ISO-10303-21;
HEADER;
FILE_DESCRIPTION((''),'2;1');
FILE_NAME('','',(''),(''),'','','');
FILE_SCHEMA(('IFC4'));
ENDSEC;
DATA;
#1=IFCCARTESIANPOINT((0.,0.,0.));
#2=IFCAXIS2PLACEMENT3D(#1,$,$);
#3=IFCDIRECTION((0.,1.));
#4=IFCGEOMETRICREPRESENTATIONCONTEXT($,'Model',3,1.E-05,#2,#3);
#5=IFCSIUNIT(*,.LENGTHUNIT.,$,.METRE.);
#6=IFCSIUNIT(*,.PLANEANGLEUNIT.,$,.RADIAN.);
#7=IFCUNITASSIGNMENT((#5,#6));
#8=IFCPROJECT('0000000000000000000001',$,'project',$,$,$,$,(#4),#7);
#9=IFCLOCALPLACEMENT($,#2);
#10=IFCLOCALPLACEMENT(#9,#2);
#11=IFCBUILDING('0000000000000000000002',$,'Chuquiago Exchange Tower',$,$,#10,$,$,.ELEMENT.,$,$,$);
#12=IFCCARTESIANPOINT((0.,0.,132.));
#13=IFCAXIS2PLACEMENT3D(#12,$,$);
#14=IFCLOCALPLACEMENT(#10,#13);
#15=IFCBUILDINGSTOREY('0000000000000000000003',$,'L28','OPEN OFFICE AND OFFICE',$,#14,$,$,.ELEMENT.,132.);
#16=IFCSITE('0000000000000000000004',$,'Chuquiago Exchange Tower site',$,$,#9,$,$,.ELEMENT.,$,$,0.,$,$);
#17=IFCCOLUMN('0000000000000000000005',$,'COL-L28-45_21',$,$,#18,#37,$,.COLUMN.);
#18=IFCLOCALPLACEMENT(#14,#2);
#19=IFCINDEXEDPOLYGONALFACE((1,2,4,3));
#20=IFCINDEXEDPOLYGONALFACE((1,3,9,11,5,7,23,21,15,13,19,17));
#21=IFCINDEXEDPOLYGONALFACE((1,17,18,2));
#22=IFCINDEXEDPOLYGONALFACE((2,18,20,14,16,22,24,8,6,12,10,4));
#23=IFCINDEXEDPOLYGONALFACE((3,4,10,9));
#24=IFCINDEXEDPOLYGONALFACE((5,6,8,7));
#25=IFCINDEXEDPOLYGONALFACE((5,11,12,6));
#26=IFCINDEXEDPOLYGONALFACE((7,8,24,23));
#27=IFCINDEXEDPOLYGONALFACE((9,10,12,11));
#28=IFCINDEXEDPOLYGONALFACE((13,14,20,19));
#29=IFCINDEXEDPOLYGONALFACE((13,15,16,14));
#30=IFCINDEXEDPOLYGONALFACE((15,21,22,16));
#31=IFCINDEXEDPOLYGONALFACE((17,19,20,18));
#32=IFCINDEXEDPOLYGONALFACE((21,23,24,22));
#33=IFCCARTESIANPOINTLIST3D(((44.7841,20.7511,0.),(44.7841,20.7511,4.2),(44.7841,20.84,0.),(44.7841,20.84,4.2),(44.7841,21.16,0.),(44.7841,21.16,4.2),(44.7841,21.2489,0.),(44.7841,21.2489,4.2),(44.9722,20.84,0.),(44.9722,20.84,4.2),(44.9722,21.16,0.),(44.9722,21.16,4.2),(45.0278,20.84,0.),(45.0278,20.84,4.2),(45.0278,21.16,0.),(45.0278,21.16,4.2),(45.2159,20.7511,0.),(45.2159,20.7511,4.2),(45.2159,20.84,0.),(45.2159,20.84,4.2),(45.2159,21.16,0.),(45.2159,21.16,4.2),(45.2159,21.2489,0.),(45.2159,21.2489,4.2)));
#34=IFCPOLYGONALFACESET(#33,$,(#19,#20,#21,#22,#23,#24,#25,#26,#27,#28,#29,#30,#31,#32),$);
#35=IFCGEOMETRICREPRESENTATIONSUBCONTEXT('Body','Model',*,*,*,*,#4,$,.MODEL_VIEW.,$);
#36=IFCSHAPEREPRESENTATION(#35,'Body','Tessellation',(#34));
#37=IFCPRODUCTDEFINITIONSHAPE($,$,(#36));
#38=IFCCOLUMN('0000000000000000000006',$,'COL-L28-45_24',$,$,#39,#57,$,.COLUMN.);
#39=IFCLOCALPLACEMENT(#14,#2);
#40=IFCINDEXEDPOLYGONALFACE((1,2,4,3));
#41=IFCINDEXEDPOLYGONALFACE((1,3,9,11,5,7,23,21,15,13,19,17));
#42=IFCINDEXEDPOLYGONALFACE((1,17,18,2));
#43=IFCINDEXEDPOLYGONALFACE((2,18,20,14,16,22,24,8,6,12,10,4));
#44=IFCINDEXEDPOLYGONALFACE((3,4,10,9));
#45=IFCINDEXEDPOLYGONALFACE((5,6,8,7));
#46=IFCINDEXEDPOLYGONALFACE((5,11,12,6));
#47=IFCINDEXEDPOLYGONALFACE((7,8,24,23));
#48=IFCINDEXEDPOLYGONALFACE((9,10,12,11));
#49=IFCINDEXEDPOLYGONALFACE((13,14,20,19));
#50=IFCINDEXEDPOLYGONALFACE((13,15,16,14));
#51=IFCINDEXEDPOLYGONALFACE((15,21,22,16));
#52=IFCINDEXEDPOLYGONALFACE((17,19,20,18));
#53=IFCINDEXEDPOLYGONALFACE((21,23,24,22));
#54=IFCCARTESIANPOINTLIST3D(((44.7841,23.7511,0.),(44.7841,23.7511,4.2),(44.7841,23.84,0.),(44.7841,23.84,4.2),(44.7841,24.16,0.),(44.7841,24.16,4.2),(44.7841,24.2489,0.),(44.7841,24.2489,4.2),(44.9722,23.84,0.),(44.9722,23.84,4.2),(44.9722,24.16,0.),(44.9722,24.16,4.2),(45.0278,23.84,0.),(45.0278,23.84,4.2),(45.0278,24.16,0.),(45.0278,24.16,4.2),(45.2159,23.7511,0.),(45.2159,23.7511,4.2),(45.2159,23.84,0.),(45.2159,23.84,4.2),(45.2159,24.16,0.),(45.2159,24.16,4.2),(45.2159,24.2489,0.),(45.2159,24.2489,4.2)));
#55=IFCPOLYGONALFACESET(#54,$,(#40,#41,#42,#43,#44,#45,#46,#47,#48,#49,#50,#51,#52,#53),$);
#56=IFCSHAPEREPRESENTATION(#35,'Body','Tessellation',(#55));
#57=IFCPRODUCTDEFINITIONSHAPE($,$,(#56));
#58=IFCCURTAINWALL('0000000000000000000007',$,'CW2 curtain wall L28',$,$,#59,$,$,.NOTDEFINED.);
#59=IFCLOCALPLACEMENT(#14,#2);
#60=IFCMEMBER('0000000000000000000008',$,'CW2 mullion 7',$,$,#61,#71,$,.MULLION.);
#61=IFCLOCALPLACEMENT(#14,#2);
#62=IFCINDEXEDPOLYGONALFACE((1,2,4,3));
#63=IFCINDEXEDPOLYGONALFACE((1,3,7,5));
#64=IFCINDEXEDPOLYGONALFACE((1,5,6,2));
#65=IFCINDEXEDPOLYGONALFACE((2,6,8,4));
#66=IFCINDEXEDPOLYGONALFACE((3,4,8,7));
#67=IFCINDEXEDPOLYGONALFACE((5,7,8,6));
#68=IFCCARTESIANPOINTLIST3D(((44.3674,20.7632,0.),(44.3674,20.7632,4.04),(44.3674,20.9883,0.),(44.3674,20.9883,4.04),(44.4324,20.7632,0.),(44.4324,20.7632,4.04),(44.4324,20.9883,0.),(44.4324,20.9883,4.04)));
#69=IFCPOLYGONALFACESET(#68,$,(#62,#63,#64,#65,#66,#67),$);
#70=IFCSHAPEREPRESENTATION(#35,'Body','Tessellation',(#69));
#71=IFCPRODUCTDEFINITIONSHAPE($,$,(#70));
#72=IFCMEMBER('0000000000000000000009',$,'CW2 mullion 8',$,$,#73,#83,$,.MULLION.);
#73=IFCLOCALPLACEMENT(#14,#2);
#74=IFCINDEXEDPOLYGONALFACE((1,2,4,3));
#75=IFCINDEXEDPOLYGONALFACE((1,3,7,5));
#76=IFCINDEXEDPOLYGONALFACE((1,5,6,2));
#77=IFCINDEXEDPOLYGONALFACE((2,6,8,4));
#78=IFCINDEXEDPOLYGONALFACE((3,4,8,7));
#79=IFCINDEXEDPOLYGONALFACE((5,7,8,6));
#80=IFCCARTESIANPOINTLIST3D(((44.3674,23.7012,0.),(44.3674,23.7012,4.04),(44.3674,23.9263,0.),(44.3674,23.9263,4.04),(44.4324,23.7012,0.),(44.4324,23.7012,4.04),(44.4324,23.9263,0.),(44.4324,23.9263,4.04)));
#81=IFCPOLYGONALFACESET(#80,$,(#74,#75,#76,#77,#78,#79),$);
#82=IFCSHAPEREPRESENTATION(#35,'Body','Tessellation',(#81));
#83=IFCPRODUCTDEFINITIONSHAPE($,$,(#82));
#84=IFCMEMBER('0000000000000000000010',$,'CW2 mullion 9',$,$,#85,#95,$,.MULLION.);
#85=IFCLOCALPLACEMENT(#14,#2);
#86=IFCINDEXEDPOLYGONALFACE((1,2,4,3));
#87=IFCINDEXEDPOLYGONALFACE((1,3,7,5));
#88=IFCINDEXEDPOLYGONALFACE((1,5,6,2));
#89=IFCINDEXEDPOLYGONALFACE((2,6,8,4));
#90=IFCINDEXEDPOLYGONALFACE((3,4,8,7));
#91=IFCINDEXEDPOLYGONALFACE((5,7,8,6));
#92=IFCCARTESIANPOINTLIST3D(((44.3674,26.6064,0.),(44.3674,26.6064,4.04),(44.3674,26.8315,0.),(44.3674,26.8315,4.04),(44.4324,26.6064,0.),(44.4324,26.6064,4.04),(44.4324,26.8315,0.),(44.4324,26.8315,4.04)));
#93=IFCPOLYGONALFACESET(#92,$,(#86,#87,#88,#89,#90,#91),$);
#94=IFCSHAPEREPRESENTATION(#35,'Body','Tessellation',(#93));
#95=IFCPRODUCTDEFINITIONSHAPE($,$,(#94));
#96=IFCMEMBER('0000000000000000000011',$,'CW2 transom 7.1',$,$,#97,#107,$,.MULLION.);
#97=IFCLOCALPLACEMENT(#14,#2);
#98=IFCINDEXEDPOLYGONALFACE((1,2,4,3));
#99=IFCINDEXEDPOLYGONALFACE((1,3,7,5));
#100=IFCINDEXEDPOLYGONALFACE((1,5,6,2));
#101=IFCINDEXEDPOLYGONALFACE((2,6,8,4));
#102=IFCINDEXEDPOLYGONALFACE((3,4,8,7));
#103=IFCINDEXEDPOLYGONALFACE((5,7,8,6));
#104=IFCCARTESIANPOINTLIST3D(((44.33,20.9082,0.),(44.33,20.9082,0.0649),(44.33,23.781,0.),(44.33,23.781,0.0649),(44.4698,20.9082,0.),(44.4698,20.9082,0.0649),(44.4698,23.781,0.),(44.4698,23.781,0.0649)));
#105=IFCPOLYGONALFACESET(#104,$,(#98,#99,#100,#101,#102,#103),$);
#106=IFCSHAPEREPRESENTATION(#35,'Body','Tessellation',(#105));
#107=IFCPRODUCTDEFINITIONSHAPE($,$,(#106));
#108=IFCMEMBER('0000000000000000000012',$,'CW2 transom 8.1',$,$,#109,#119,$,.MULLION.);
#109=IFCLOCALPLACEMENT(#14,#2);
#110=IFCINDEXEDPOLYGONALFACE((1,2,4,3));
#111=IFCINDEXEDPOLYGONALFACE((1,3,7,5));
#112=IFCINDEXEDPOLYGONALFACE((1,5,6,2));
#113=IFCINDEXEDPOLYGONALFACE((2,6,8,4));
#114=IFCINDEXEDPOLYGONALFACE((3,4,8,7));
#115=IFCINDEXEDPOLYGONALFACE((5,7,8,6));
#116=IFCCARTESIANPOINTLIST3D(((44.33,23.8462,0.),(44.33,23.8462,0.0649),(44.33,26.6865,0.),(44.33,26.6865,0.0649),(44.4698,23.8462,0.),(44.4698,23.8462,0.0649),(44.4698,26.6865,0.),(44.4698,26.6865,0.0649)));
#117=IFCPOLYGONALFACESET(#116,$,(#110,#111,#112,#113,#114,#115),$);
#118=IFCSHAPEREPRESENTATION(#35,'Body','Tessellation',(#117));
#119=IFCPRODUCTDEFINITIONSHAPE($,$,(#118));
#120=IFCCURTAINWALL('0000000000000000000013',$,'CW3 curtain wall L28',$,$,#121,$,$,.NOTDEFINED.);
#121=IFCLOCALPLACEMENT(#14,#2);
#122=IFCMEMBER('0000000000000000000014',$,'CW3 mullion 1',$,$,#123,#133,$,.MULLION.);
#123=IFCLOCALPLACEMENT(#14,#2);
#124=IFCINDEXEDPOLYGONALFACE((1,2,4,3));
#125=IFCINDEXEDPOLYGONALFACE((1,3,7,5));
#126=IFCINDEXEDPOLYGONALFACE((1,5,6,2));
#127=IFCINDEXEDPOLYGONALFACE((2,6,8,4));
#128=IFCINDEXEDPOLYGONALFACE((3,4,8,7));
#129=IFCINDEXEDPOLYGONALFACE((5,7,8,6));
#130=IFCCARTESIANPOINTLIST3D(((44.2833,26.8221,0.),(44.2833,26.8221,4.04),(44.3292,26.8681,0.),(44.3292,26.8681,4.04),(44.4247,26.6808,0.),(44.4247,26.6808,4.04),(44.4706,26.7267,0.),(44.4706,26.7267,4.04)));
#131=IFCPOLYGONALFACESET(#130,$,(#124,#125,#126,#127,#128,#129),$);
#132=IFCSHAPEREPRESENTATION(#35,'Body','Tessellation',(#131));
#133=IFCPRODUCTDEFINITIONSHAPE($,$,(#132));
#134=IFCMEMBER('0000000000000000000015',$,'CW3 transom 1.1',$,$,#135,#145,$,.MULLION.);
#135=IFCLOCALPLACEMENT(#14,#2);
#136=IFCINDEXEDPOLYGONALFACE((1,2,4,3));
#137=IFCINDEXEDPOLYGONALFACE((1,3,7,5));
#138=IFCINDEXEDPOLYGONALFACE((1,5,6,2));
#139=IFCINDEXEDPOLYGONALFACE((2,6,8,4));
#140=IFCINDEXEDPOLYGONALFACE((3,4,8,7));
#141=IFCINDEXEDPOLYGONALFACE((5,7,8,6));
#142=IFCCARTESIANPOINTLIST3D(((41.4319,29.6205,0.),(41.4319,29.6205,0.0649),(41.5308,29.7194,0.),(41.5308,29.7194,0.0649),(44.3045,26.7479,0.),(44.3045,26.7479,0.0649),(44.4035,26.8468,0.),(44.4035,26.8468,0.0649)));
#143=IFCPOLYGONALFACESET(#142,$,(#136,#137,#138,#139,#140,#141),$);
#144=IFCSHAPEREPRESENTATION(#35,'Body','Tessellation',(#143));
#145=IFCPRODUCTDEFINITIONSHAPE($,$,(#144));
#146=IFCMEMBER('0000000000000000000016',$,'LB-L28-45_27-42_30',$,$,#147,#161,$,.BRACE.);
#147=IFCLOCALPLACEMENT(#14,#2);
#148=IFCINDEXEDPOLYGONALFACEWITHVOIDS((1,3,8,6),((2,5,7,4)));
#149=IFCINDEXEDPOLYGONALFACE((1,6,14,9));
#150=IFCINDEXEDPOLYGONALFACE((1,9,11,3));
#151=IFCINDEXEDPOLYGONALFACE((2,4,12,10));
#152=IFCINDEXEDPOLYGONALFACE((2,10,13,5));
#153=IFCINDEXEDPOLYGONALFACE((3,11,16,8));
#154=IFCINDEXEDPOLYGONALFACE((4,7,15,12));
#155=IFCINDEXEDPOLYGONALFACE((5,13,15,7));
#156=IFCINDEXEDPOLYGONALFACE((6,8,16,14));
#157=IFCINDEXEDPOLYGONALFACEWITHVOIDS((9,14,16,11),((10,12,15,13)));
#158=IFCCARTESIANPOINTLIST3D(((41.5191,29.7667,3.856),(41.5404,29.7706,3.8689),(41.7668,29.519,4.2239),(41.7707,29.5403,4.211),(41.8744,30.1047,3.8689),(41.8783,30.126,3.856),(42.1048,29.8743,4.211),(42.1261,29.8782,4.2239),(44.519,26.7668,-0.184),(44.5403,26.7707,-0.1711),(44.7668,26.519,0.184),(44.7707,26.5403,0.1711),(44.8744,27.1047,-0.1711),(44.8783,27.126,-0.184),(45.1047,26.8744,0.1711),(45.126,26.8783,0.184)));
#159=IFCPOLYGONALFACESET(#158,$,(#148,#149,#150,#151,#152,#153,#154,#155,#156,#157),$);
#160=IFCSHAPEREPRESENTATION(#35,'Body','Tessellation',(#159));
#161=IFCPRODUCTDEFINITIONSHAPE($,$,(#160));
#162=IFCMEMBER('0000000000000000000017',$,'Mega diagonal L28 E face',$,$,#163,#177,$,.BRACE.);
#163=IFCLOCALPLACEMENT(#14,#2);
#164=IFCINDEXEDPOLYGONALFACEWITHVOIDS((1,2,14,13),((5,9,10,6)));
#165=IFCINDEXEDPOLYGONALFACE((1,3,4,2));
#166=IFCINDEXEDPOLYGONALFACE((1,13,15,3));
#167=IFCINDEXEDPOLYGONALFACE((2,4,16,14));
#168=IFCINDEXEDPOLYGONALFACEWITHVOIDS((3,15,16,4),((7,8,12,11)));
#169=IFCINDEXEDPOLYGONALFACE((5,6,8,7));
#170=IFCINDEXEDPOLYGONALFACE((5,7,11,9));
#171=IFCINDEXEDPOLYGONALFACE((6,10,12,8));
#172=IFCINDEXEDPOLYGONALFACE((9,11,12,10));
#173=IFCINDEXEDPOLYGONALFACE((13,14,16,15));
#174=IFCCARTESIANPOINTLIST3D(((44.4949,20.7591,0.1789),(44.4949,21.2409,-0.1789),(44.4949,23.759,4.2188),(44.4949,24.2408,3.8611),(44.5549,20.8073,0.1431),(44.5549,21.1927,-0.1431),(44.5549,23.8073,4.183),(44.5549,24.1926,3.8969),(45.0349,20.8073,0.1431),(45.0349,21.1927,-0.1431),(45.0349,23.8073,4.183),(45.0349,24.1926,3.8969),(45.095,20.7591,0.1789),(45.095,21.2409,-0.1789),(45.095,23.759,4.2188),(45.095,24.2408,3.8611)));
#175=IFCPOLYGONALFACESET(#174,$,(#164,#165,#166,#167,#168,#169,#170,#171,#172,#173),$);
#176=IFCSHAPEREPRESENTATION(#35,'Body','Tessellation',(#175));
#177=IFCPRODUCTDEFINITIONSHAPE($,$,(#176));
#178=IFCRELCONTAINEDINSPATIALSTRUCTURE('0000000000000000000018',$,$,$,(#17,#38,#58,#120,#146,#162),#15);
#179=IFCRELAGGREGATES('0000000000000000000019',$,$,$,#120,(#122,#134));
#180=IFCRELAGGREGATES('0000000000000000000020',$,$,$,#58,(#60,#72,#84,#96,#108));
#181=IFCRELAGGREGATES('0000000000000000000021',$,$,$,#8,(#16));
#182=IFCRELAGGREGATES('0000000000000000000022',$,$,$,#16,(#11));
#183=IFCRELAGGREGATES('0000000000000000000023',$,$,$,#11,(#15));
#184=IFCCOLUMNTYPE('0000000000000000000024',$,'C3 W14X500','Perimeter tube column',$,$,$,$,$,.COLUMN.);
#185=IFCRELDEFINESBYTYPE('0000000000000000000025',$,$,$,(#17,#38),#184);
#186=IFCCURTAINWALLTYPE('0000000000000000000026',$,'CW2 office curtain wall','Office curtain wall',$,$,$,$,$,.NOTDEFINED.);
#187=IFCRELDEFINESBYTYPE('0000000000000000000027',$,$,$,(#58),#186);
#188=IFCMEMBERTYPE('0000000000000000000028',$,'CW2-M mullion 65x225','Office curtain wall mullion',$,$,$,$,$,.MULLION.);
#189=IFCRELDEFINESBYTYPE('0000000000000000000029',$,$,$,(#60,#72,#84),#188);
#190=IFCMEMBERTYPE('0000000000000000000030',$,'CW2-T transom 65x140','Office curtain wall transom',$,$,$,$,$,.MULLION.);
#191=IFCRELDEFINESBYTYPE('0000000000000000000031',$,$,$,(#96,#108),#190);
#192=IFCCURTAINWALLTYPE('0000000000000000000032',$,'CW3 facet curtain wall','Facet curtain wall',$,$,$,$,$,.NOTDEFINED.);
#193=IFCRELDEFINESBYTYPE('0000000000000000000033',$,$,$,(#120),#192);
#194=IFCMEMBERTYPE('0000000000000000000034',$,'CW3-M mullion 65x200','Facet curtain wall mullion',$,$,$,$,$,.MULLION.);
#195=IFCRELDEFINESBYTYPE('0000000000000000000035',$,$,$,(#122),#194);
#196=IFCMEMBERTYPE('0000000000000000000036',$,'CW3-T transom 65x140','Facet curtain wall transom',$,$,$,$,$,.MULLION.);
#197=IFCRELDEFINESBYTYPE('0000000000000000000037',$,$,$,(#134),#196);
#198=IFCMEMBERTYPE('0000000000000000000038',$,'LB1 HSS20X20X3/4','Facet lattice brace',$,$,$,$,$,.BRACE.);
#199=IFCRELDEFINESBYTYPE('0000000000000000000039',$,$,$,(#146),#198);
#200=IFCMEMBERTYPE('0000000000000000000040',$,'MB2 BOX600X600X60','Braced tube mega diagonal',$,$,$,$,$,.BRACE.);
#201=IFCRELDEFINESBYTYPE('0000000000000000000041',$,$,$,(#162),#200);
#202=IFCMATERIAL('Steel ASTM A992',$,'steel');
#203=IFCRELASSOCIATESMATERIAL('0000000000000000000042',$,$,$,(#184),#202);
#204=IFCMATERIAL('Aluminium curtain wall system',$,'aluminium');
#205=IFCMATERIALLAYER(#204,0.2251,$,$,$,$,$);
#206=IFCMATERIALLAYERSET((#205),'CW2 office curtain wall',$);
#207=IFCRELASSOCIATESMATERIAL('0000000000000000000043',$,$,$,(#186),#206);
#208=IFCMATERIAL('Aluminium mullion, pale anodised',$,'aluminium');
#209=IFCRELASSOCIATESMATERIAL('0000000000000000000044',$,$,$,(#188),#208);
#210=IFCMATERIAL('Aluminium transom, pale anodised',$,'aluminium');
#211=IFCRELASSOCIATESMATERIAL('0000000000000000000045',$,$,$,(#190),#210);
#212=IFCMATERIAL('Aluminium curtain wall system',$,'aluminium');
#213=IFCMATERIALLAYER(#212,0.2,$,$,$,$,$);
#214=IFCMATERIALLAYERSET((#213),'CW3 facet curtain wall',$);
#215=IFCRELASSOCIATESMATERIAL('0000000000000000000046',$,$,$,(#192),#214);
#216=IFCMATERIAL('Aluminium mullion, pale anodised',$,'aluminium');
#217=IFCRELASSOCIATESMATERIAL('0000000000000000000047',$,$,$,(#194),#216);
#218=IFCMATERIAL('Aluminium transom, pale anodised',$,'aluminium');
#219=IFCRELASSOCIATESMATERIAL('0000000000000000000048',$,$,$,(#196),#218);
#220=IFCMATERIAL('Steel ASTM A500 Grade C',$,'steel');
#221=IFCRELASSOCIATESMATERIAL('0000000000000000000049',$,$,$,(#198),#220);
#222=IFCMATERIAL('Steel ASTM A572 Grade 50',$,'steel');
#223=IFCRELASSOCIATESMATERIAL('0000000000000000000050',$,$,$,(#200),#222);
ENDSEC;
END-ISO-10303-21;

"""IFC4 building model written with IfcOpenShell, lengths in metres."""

from ifc_helpers import new_model, si_unit, direction, frame, origin, origin_2d, place, context, subcontext, project, spatial, rectangle, hollow_rectangle, i_section, extrude, material, layer, layer_set, material_profile, profile_set, type_object, element, aggregate, save


model = new_model("IFC4")

# Units and contexts
model_context = context("Model", 3, precision=1e-05, world=origin(), true_north=direction((0.0, 1.0)))
body_context = subcontext(model_context, "Body", "Model", "MODEL_VIEW")
ifc_project = project(units=[si_unit("LENGTHUNIT", "METRE"), si_unit("PLANEANGLEUNIT", "RADIAN")], contexts=[model_context])

# Site, building, storey
site_placement = place(None, origin())
site = spatial("IfcSite", under=ifc_project, at=site_placement, Name="Chuquiago Exchange Tower site", CompositionType="ELEMENT", RefElevation=0.0)
building_placement = place(site_placement, origin())
building = spatial("IfcBuilding", under=site, at=building_placement, Name="Chuquiago Exchange Tower", CompositionType="ELEMENT")
storey_placement = place(building_placement, frame((0.0, 0.0, 132.0)))
storey = spatial("IfcBuildingStorey", under=building, at=storey_placement, Name="L28", Description="OPEN OFFICE AND OFFICE", CompositionType="ELEMENT", Elevation=132.0)

# Columns
ifc_material_1 = material(Name="Steel ASTM A992", Category="steel")
ifc_material_profile_1 = material_profile(ifc_material_1, i_section(OverallWidth=0.4319, OverallDepth=0.4978, WebThickness=0.0557, FlangeThickness=0.0889, at=origin_2d()), Name="W14X500")
ifc_profile_set_1 = profile_set([ifc_material_profile_1], Name="Steel ASTM A992")
column_type = type_object("IfcColumnType", Name="C3 W14X500", Description="Perimeter tube column", PredefinedType="COLUMN", material=ifc_profile_set_1)
for number, where, z_axis, x_axis, name in (
    (1, (45.0, 21.0, 0.0), (0.0, 0.0, 1.0), (1.0, 0.0, 0.0), "COL-L28-45_21"),
    (2, (45.0, 24.0, 0.0), (0.0, 0.0, 1.0), (1.0, 0.0, 0.0), "COL-L28-45_24"),
):
    element("IfcColumn", number, at=place(storey_placement, frame(where, z_axis=z_axis, x_axis=x_axis)), inside=storey, type_object=column_type, Name=name, PredefinedType="COLUMN", context=body_context, shape_type="SweptSolid", body=[
        extrude(i_section(OverallWidth=0.4319, OverallDepth=0.4978, WebThickness=0.0557, FlangeThickness=0.0889, at=origin_2d()), origin(), (0.0, 0.0, 1.0), 4.2),
    ])

# Curtain walls, members
ifc_material_2 = material(Name="Aluminium curtain wall system", Category="aluminium")
ifc_layer_1 = layer(ifc_material_2, 0.2251)
ifc_layer_set_1 = layer_set([ifc_layer_1], Name="CW2 office curtain wall")
curtain_wall_type_1 = type_object("IfcCurtainWallType", Name="CW2 office curtain wall", Description="Office curtain wall", PredefinedType="NOTDEFINED", material=ifc_layer_set_1)
curtain_wall_1_placement = place(storey_placement, origin())
curtain_wall_1 = element("IfcCurtainWall", 3, at=curtain_wall_1_placement, inside=storey, type_object=curtain_wall_type_1, Name="CW2 curtain wall L28", PredefinedType="NOTDEFINED")
ifc_material_3 = material(Name="Aluminium mullion, pale anodised", Category="aluminium")
ifc_material_profile_2 = material_profile(ifc_material_3, rectangle(XDim=0.0649, YDim=0.2251, at=origin_2d()), Name="AL 65x225")
ifc_profile_set_2 = profile_set([ifc_material_profile_2], Name="Aluminium mullion, pale anodised")
member_type_1 = type_object("IfcMemberType", Name="CW2-M mullion 65x225", Description="Office curtain wall mullion", PredefinedType="MULLION", material=ifc_profile_set_2)
member_1_placement = place(storey_placement, frame((44.3999, 20.8757, 0.0), z_axis=(0.0, 0.0, 1.0), x_axis=(-1.0, 0.0, 0.0)))
member_1 = element("IfcMember", 4, at=member_1_placement, type_object=member_type_1, Name="CW2 mullion 7", PredefinedType="MULLION", context=body_context, shape_type="SweptSolid", body=[
    extrude(rectangle(XDim=0.0649, YDim=0.2251, at=origin_2d()), origin(), (0.0, 0.0, 1.0), 4.04),
])
member_2_placement = place(storey_placement, frame((44.3999, 23.8137, 0.0), z_axis=(0.0, 0.0, 1.0), x_axis=(-1.0, 0.0, 0.0)))
member_2 = element("IfcMember", 5, at=member_2_placement, type_object=member_type_1, Name="CW2 mullion 8", PredefinedType="MULLION", context=body_context, shape_type="SweptSolid", body=[
    extrude(rectangle(XDim=0.0649, YDim=0.2251, at=origin_2d()), origin(), (0.0, 0.0, 1.0), 4.04),
])
member_3_placement = place(storey_placement, frame((44.3999, 26.719, 0.0), z_axis=(0.0, 0.0, 1.0), x_axis=(-1.0, 0.0, 0.0)))
member_3 = element("IfcMember", 6, at=member_3_placement, type_object=member_type_1, Name="CW2 mullion 9", PredefinedType="MULLION", context=body_context, shape_type="SweptSolid", body=[
    extrude(rectangle(XDim=0.0649, YDim=0.2251, at=origin_2d()), origin(), (0.0, 0.0, 1.0), 4.04),
])
ifc_material_4 = material(Name="Aluminium transom, pale anodised", Category="aluminium")
ifc_material_profile_3 = material_profile(ifc_material_4, rectangle(XDim=0.1399, YDim=0.0649, at=origin_2d()), Name="AL 140x65")
ifc_profile_set_3 = profile_set([ifc_material_profile_3], Name="Aluminium transom, pale anodised")
member_type_2 = type_object("IfcMemberType", Name="CW2-T transom 65x140", Description="Office curtain wall transom", PredefinedType="MULLION", material=ifc_profile_set_3)
member_4_placement = place(storey_placement, frame((44.3999, 20.9082, 0.0325), z_axis=(0.0, 1.0, 0.0), x_axis=(-1.0, 0.0, 0.0)))
member_4 = element("IfcMember", 7, at=member_4_placement, type_object=member_type_2, Name="CW2 transom 7.1", PredefinedType="MULLION", context=body_context, shape_type="SweptSolid", body=[
    extrude(rectangle(XDim=0.1399, YDim=0.0649, at=origin_2d()), origin(), (0.0, 0.0, 1.0), 2.8728),
])
member_5_placement = place(storey_placement, frame((44.3999, 23.8462, 0.0325), z_axis=(0.0, 1.0, 0.0), x_axis=(-1.0, 0.0, 0.0)))
member_5 = element("IfcMember", 8, at=member_5_placement, type_object=member_type_2, Name="CW2 transom 8.1", PredefinedType="MULLION", context=body_context, shape_type="SweptSolid", body=[
    extrude(rectangle(XDim=0.1399, YDim=0.0649, at=origin_2d()), origin(), (0.0, 0.0, 1.0), 2.8403),
])
ifc_material_5 = material(Name="Aluminium curtain wall system", Category="aluminium")
ifc_layer_2 = layer(ifc_material_5, 0.2)
ifc_layer_set_2 = layer_set([ifc_layer_2], Name="CW3 facet curtain wall")
curtain_wall_type_2 = type_object("IfcCurtainWallType", Name="CW3 facet curtain wall", Description="Facet curtain wall", PredefinedType="NOTDEFINED", material=ifc_layer_set_2)
curtain_wall_2_placement = place(storey_placement, origin())
curtain_wall_2 = element("IfcCurtainWall", 9, at=curtain_wall_2_placement, inside=storey, type_object=curtain_wall_type_2, Name="CW3 curtain wall L28", PredefinedType="NOTDEFINED")
ifc_material_6 = material(Name="Aluminium mullion, pale anodised", Category="aluminium")
ifc_material_profile_4 = material_profile(ifc_material_6, rectangle(XDim=0.0649, YDim=0.2, at=origin_2d()), Name="AL 65x200")
ifc_profile_set_4 = profile_set([ifc_material_profile_4], Name="Aluminium mullion, pale anodised")
member_type_3 = type_object("IfcMemberType", Name="CW3-M mullion 65x200", Description="Facet curtain wall mullion", PredefinedType="MULLION", material=ifc_profile_set_4)
member_6_placement = place(storey_placement, frame((44.377, 26.7744, 0.0), z_axis=(0.0, 0.0, 1.0), x_axis=(-0.707107, -0.707107, 0.0)))
member_6 = element("IfcMember", 10, at=member_6_placement, type_object=member_type_3, Name="CW3 mullion 1", PredefinedType="MULLION", context=body_context, shape_type="SweptSolid", body=[
    extrude(rectangle(XDim=0.0649, YDim=0.2, at=origin_2d()), origin(), (0.0, 0.0, 1.0), 4.04),
])
ifc_material_7 = material(Name="Aluminium transom, pale anodised", Category="aluminium")
ifc_material_profile_5 = material_profile(ifc_material_7, rectangle(XDim=0.1399, YDim=0.0649, at=origin_2d()), Name="AL 140x65")
ifc_profile_set_5 = profile_set([ifc_material_profile_5], Name="Aluminium transom, pale anodised")
member_type_4 = type_object("IfcMemberType", Name="CW3-T transom 65x140", Description="Facet curtain wall transom", PredefinedType="MULLION", material=ifc_profile_set_5)
member_7_placement = place(storey_placement, frame((44.354, 26.7974, 0.0325), z_axis=(-0.707107, 0.707107, 0.0), x_axis=(-0.707107, -0.707107, 0.0)))
member_7 = element("IfcMember", 11, at=member_7_placement, type_object=member_type_4, Name="CW3 transom 1.1", PredefinedType="MULLION", context=body_context, shape_type="SweptSolid", body=[
    extrude(rectangle(XDim=0.1399, YDim=0.0649, at=origin_2d()), origin(), (0.0, 0.0, 1.0), 4.0625),
])
aggregate(curtain_wall_2, [member_6, member_7])

# Members
ifc_material_8 = material(Name="Steel ASTM A500 Grade C", Category="steel")
ifc_material_profile_6 = material_profile(ifc_material_8, hollow_rectangle(XDim=0.5081, YDim=0.5081, WallThickness=0.0178, at=origin_2d()), Name="HSS20X20X3/4")
ifc_profile_set_6 = profile_set([ifc_material_profile_6], Name="Steel ASTM A500 Grade C")
member_type_5 = type_object("IfcMemberType", Name="LB1 HSS20X20X3/4", Description="Facet lattice brace", PredefinedType="BRACE", material=ifc_profile_set_6)
member_8_placement = place(storey_placement, frame((44.8225, 26.8225, 0.0), z_axis=(-0.512077, 0.512077, 0.689604), x_axis=(-0.707107, -0.707107, 0.0)))
element("IfcMember", 12, at=member_8_placement, inside=storey, type_object=member_type_5, Name="LB-L28-45_27-42_30", PredefinedType="BRACE", context=body_context, shape_type="SweptSolid", body=[
    extrude(hollow_rectangle(XDim=0.5081, YDim=0.5081, WallThickness=0.0178, at=origin_2d()), origin(), (0.0, 0.0, 1.0), 5.8584),
])
ifc_material_9 = material(Name="Steel ASTM A572 Grade 50", Category="steel")
ifc_material_profile_7 = material_profile(ifc_material_9, hollow_rectangle(XDim=0.6001, YDim=0.6001, WallThickness=0.0601, at=origin_2d()), Name="BOX600X600X60")
ifc_profile_set_7 = profile_set([ifc_material_profile_7], Name="Steel ASTM A572 Grade 50")
member_type_6 = type_object("IfcMemberType", Name="MB2 BOX600X600X60", Description="Braced tube mega diagonal", PredefinedType="BRACE", material=ifc_profile_set_7)
member_9_placement = place(storey_placement, frame((44.7949, 21.0, 0.0), z_axis=(0.0, 0.596174, 0.802855), x_axis=(-1.0, 0.0, 0.0)))
element("IfcMember", 13, at=member_9_placement, inside=storey, type_object=member_type_6, Name="Mega diagonal L28 E face", PredefinedType="BRACE", context=body_context, shape_type="SweptSolid", body=[
    extrude(hollow_rectangle(XDim=0.6001, YDim=0.6001, WallThickness=0.0601, at=origin_2d()), origin(), (0.0, 0.0, 1.0), 5.032),
])

aggregate(curtain_wall_1, [member_1, member_2, member_3, member_4, member_5])

save(model, "model.ifc")
